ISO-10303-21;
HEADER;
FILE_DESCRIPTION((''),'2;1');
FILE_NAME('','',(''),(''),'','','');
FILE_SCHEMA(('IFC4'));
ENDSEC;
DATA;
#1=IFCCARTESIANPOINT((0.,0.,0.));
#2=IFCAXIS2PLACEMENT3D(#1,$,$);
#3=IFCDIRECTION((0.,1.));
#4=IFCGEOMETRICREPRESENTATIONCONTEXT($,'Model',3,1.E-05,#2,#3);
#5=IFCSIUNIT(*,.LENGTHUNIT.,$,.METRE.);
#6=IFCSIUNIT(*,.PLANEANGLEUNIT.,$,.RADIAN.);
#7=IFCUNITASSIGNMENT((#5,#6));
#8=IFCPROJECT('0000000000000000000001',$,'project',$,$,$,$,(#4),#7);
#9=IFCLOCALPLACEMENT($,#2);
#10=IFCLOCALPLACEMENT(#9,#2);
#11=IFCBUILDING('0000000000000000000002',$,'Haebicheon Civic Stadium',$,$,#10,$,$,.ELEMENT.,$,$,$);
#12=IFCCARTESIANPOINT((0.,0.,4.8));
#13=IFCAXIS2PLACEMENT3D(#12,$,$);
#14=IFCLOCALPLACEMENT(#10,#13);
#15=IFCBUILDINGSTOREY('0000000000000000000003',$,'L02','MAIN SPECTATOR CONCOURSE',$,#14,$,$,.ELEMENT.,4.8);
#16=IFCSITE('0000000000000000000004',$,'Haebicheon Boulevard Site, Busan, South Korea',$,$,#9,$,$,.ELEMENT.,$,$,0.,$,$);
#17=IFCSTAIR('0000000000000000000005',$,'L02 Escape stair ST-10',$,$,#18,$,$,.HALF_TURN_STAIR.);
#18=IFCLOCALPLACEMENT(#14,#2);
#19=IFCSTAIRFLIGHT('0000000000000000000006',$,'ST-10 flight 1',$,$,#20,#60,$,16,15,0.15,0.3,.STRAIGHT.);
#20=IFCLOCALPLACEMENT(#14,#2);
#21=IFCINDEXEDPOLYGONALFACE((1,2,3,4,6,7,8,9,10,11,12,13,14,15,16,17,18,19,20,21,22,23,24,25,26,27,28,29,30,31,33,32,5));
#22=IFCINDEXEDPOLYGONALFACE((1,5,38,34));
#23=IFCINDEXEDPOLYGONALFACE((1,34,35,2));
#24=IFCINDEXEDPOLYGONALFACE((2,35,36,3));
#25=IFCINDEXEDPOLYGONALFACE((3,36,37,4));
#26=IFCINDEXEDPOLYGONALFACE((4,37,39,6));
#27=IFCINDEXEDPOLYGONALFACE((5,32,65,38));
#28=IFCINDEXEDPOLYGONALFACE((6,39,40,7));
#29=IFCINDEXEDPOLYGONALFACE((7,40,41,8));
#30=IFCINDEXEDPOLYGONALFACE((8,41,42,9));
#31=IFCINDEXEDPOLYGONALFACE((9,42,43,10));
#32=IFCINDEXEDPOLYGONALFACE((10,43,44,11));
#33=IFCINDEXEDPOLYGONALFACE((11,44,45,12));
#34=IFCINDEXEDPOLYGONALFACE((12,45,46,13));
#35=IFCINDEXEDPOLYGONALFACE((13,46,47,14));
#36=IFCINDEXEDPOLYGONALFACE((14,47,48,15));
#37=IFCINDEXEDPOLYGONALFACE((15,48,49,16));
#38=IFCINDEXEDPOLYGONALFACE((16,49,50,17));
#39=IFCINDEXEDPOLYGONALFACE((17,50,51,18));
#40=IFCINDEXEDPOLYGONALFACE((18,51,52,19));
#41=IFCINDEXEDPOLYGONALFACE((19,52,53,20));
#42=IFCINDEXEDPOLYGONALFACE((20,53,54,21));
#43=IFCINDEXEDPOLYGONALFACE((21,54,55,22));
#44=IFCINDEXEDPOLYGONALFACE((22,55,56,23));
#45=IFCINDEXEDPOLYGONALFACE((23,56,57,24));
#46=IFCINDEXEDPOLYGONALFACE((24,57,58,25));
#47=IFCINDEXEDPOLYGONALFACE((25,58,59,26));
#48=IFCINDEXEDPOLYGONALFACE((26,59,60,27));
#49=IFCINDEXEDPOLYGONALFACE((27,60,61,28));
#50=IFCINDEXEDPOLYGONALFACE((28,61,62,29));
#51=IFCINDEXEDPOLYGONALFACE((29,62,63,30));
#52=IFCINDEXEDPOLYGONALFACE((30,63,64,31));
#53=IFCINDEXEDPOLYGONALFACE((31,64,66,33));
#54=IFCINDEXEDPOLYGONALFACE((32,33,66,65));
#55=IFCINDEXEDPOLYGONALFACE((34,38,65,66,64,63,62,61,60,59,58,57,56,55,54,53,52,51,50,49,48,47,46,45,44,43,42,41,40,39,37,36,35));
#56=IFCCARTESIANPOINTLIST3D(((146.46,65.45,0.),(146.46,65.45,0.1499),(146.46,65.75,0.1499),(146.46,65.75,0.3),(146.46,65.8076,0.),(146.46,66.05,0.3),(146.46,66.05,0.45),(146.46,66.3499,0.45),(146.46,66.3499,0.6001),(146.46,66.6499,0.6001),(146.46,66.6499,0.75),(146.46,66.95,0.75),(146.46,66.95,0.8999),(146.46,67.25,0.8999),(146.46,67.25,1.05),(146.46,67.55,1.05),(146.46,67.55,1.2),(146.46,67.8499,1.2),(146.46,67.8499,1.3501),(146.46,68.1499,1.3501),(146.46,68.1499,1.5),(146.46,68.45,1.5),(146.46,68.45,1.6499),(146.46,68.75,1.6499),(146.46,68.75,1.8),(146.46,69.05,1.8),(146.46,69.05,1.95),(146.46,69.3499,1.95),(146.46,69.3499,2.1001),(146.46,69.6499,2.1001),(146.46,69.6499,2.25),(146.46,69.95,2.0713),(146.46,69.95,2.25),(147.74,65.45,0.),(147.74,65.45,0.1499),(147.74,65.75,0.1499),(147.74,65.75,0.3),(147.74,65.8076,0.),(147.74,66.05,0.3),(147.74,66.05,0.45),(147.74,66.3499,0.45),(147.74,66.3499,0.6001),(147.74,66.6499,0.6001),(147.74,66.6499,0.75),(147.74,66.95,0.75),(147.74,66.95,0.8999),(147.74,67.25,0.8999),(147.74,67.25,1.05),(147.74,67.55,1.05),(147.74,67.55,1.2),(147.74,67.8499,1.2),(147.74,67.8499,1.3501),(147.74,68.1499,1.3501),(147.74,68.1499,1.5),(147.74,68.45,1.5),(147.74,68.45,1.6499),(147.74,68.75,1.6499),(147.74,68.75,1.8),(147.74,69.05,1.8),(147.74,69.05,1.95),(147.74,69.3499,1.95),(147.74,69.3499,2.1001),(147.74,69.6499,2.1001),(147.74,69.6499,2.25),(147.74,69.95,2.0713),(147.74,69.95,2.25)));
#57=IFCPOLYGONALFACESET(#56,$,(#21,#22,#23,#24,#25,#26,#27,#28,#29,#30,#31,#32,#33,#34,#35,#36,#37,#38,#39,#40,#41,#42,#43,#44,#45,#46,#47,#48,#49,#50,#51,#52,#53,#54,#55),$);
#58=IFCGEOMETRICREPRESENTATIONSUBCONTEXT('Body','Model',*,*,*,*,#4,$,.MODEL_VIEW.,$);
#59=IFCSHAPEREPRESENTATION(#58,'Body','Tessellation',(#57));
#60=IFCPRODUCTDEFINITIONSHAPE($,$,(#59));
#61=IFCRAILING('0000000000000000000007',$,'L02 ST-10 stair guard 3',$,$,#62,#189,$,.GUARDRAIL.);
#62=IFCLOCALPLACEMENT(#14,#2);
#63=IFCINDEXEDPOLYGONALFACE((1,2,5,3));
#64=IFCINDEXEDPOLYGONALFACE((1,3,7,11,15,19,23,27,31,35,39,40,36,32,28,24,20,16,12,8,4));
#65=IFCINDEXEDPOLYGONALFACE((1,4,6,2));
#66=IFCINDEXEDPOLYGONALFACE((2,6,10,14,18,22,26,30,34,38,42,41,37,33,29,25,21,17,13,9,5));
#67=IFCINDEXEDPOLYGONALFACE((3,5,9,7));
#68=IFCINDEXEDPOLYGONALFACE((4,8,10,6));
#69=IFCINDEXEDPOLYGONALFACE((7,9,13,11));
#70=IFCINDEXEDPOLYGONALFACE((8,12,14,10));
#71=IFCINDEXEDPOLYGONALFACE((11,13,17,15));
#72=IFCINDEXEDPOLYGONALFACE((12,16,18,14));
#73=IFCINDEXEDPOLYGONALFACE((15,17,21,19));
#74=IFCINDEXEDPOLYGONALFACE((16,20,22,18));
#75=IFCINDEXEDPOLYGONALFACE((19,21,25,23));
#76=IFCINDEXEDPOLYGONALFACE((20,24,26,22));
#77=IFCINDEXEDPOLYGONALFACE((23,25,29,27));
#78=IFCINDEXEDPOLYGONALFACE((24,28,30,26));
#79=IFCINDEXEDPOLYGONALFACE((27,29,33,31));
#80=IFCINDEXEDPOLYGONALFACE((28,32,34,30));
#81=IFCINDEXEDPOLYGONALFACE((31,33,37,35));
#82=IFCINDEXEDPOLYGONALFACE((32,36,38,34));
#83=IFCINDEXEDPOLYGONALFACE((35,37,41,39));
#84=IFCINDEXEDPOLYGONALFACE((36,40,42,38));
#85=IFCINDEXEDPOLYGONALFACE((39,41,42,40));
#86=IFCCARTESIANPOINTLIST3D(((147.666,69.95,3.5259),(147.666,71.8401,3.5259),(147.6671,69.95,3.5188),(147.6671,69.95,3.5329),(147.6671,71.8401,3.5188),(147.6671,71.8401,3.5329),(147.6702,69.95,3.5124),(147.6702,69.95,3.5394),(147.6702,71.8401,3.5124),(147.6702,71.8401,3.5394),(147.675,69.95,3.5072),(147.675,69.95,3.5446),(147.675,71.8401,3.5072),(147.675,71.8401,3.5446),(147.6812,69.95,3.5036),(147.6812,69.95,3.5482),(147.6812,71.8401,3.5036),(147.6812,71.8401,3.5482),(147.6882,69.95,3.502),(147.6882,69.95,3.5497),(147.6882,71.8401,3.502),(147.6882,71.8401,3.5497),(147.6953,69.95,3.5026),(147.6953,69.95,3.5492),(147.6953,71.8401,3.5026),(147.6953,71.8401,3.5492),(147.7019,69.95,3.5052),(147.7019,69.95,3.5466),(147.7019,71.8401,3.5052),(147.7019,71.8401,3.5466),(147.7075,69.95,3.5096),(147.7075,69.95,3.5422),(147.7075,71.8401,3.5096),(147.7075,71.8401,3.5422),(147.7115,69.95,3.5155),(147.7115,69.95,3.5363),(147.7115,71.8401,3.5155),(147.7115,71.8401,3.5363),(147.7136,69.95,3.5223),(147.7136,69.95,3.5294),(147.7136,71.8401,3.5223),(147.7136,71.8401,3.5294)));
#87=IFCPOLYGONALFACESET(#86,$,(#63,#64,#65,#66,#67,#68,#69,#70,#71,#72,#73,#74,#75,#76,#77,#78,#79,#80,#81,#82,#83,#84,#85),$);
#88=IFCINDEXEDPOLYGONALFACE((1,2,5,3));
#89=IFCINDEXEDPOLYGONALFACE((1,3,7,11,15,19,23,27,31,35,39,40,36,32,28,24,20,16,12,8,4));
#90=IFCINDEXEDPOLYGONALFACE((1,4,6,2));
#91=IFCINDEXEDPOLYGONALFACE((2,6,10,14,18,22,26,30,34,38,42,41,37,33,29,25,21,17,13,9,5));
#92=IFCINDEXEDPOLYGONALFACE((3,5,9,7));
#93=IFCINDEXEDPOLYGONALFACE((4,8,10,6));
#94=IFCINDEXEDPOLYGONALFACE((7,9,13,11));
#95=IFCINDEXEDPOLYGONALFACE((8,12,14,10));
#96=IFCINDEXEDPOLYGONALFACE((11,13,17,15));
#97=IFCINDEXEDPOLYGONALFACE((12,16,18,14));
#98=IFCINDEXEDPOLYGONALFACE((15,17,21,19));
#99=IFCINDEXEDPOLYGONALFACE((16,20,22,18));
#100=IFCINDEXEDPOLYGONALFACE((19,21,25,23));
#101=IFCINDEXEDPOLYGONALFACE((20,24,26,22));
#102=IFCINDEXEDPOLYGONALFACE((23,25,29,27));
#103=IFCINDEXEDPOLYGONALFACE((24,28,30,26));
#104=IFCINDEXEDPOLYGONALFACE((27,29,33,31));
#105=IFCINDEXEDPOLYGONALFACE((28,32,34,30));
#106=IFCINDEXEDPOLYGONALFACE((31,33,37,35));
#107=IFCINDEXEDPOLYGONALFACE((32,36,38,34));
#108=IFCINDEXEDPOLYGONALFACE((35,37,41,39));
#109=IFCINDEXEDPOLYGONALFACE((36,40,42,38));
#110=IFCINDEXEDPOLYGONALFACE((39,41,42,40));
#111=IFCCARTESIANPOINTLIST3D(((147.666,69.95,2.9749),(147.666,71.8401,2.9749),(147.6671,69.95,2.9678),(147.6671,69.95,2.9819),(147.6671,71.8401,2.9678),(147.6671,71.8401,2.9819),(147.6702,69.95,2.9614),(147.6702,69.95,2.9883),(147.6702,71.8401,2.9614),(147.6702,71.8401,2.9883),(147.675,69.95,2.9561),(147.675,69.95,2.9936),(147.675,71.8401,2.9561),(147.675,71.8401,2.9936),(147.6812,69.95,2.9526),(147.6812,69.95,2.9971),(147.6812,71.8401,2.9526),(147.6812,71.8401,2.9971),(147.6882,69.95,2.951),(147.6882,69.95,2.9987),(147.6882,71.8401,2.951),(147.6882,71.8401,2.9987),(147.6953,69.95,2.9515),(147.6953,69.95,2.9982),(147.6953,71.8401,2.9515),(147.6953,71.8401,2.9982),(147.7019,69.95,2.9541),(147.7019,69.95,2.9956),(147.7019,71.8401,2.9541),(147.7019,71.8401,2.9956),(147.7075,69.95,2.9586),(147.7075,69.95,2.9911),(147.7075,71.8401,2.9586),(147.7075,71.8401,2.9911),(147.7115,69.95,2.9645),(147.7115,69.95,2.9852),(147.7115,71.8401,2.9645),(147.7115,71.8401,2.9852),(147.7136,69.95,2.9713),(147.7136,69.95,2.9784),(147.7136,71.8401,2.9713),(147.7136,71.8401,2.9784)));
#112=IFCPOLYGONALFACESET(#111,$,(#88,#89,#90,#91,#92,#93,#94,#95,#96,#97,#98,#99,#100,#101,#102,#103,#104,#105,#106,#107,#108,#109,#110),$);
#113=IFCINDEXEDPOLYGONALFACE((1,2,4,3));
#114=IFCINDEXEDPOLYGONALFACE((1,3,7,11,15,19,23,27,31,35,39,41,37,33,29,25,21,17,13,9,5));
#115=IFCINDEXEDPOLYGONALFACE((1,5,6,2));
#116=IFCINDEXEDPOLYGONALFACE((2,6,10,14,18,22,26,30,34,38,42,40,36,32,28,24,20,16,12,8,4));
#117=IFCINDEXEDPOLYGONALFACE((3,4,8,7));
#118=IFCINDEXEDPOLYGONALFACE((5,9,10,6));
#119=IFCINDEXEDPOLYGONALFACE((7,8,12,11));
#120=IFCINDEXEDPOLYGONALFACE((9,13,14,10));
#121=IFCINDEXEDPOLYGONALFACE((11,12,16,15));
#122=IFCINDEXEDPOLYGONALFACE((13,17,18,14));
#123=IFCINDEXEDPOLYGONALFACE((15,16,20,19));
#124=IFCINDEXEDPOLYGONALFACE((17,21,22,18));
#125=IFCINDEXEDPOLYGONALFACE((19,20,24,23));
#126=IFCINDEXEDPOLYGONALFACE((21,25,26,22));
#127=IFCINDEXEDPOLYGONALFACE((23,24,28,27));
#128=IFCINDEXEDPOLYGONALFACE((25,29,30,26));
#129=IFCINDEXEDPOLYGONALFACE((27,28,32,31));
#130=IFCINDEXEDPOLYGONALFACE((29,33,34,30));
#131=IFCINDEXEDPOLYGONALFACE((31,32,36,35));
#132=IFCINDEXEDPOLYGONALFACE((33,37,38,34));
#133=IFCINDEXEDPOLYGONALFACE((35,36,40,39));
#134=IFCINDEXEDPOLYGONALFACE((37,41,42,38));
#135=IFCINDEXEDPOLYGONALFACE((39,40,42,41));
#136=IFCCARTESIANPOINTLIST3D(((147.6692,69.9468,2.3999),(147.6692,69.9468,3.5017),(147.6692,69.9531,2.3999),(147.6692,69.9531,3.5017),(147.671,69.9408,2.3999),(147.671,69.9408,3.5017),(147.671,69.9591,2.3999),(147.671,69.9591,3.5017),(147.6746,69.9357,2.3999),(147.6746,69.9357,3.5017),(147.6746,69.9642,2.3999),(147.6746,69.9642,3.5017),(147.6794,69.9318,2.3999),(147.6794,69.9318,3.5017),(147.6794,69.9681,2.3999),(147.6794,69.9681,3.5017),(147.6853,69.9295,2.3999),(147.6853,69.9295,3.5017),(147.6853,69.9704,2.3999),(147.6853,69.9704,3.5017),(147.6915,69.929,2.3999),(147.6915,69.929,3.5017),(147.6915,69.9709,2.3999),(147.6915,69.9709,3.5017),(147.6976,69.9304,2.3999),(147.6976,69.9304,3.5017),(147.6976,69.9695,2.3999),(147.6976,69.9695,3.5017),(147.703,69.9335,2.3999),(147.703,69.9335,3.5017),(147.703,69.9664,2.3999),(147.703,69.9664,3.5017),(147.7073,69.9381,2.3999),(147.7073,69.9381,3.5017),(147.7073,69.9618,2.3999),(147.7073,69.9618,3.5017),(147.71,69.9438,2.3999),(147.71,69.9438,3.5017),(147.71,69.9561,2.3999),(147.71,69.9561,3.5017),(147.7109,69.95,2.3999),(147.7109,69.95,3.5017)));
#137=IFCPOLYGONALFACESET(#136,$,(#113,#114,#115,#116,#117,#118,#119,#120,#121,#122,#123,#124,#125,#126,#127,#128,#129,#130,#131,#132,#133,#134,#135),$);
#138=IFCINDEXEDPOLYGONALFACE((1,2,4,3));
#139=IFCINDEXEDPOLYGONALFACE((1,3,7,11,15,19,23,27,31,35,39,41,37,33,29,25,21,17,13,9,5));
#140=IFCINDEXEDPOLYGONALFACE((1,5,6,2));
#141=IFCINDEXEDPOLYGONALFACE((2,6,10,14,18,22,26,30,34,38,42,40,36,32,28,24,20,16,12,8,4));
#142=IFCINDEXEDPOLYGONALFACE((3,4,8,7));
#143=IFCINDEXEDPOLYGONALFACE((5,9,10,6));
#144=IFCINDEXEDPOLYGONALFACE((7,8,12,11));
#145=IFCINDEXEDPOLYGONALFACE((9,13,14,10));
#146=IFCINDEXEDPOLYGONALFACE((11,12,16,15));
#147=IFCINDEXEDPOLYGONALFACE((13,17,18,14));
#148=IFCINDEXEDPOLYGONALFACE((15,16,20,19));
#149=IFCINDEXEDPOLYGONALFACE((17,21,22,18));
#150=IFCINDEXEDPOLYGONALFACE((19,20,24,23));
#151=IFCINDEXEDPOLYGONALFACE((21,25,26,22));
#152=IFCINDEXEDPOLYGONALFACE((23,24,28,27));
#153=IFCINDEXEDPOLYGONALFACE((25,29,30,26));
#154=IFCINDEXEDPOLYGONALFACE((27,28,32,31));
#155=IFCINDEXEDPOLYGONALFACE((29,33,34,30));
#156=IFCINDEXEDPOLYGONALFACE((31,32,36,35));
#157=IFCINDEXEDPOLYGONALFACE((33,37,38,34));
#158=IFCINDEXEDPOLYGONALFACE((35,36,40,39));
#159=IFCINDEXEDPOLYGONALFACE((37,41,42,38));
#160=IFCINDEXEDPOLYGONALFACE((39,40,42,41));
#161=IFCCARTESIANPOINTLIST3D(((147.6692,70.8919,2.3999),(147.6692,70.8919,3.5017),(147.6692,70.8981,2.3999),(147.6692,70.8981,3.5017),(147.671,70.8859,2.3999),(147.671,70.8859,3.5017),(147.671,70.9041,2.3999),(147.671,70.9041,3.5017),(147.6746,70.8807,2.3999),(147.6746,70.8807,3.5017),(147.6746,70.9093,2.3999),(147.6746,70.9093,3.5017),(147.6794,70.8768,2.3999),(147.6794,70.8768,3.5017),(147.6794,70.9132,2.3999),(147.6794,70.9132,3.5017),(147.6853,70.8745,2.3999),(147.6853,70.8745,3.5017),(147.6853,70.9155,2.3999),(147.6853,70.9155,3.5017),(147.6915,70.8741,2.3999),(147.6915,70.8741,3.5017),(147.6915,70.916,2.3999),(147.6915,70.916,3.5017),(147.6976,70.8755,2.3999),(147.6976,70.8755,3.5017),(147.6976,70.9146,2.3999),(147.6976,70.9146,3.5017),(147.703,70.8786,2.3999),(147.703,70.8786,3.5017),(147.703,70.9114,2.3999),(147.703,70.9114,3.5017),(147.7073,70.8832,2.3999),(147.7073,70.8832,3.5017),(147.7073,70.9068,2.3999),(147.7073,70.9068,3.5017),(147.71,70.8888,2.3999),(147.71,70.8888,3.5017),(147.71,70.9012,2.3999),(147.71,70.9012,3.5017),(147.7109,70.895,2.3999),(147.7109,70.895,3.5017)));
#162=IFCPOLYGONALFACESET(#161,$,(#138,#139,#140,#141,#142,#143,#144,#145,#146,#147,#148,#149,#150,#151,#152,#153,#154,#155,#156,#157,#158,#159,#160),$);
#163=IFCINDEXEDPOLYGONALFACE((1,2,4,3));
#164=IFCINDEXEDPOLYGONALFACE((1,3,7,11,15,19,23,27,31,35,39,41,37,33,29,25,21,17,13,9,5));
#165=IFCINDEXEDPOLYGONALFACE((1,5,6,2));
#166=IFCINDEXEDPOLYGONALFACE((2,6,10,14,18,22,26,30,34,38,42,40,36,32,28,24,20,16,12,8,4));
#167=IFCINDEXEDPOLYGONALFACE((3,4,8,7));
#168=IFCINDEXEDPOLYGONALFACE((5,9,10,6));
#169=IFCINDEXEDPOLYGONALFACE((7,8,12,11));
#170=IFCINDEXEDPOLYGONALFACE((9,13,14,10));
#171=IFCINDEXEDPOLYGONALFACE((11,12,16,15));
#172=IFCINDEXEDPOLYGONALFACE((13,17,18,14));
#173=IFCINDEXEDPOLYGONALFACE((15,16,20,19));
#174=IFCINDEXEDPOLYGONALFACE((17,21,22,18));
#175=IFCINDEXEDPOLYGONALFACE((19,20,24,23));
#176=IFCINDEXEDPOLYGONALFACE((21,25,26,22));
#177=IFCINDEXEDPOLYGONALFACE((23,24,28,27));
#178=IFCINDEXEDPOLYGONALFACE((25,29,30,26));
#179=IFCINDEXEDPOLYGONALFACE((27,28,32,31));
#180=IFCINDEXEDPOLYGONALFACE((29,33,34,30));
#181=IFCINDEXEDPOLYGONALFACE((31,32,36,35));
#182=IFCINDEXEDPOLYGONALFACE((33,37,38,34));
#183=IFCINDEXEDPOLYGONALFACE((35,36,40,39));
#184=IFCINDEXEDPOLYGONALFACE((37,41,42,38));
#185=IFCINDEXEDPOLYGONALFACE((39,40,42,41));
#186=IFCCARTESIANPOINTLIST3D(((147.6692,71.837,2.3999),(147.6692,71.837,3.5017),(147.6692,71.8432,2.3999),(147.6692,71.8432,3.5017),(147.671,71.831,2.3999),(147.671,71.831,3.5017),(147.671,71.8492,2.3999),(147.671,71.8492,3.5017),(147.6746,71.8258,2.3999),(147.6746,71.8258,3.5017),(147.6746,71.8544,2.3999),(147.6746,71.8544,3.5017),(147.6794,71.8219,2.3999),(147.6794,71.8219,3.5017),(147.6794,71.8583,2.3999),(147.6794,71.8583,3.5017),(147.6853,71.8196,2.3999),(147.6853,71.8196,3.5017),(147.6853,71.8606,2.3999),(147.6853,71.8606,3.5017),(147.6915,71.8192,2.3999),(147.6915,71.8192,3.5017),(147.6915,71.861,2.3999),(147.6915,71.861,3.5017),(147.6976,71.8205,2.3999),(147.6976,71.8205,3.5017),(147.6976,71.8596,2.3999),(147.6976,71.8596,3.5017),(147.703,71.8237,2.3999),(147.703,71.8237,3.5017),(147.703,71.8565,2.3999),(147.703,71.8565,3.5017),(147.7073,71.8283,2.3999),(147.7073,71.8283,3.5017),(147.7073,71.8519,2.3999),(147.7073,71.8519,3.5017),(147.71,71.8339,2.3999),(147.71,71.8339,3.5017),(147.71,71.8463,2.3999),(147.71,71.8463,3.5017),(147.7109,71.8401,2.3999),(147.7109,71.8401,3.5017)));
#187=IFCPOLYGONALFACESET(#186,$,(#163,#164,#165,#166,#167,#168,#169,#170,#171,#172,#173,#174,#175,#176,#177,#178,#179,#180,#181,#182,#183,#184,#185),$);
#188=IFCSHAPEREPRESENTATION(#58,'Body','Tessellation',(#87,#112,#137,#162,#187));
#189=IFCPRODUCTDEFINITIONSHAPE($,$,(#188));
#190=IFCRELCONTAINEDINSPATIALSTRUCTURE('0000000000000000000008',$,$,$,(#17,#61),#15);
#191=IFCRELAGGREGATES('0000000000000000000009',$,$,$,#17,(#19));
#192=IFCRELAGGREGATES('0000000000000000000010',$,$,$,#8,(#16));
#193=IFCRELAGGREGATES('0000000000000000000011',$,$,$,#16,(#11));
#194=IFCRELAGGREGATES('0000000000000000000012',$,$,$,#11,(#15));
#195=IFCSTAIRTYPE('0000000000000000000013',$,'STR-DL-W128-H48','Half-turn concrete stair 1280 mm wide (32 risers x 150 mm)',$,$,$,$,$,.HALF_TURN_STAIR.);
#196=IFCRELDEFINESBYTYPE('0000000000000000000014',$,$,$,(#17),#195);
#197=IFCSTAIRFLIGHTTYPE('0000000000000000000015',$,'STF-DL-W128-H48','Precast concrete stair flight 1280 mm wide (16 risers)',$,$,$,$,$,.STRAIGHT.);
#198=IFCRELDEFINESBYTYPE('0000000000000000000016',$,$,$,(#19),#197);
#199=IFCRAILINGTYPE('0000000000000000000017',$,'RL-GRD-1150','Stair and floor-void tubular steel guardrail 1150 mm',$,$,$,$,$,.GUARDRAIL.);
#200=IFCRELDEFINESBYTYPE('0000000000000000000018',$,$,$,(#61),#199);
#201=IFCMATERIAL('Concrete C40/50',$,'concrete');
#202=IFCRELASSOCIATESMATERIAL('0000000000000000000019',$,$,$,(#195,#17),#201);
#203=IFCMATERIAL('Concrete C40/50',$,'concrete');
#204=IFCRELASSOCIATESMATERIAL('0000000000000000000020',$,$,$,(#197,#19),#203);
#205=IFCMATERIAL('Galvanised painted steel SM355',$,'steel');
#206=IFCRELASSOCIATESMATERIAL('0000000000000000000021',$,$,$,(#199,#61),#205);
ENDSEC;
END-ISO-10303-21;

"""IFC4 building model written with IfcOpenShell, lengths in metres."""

from ifc_helpers import new_model, si_unit, direction, frame, origin, origin_2d, place, context, subcontext, project, spatial, polyline, circle, outline, extrude, material, type_object, element, aggregate, save


model = new_model("IFC4")

# Units and contexts
model_context = context("Model", 3, precision=1e-05, world=origin(), true_north=direction((0.0, 1.0)))
body_context = subcontext(model_context, "Body", "Model", "MODEL_VIEW")
ifc_project = project(units=[si_unit("LENGTHUNIT", "METRE"), si_unit("PLANEANGLEUNIT", "RADIAN")], contexts=[model_context])

# Site, building, storey
site_placement = place(None, origin())
site = spatial("IfcSite", under=ifc_project, at=site_placement, Name="Haebicheon Boulevard Site, Busan, South Korea", CompositionType="ELEMENT", RefElevation=0.0)
building_placement = place(site_placement, origin())
building = spatial("IfcBuilding", under=site, at=building_placement, Name="Haebicheon Civic Stadium", CompositionType="ELEMENT")
storey_placement = place(building_placement, frame((0.0, 0.0, 4.8)))
storey = spatial("IfcBuildingStorey", under=building, at=storey_placement, Name="L02", Description="MAIN SPECTATOR CONCOURSE", CompositionType="ELEMENT", Elevation=4.8)

# Stair, stair flight
ifc_material_1 = material(Name="Concrete C40/50", Category="concrete")
stair_type = type_object("IfcStairType", Name="STR-DL-W128-H48", Description="Half-turn concrete stair 1280 mm wide (32 risers x 150 mm)", PredefinedType="HALF_TURN_STAIR", material=ifc_material_1)
stair_placement = place(storey_placement, origin())
stair = element("IfcStair", 1, at=stair_placement, inside=storey, type_object=stair_type, material=ifc_material_1, Name="L02 Escape stair ST-10", PredefinedType="HALF_TURN_STAIR")
ifc_material_2 = material(Name="Concrete C40/50", Category="concrete")
stair_flight_type = type_object("IfcStairFlightType", Name="STF-DL-W128-H48", Description="Precast concrete stair flight 1280 mm wide (16 risers)", PredefinedType="STRAIGHT", material=ifc_material_2)
stair_flight_placement = place(storey_placement, frame((147.1001, 65.45, 0.0), z_axis=(0.0, 0.0, 1.0), x_axis=(0.0, 1.0, 0.0)))
stair_flight = element("IfcStairFlight", 2, at=stair_flight_placement, type_object=stair_flight_type, material=ifc_material_2, Name="ST-10 flight 1", NumberOfRisers=16, NumberOfTreads=15, PredefinedType="STRAIGHT", RiserHeight=0.15, TreadLength=0.3, context=body_context, shape_type="SweptSolid", body=[
    extrude(outline(polyline([(0.0, 0.0), (0.0, 0.1499), (0.3, 0.1499), (0.3, 0.3), (0.6001, 0.3), (0.6001, 0.45), (0.8999, 0.45), (0.8999, 0.6001), (1.2, 0.6001), (1.2, 0.75), (1.5, 0.75), (1.5, 0.8999), (1.8, 0.8999), (1.8, 1.05), (2.1001, 1.05), (2.1001, 1.2), (2.3999, 1.2), (2.3999, 1.3501), (2.7, 1.3501), (2.7, 1.5), (3.0, 1.5), (3.0, 1.6499), (3.3, 1.6499), (3.3, 1.8), (3.6001, 1.8), (3.6001, 1.95), (3.8999, 1.95), (3.8999, 2.1001), (4.2, 2.1001), (4.2, 2.25), (4.5, 2.25), (4.5, 2.3999), (4.5, 2.0713), (0.3577, 0.0), (0.0, 0.0)])), frame((0.0, 0.6401, 0.0), z_axis=(0.0, -1.0, 0.0), x_axis=(1.0, 0.0, 0.0)), (0.0, 0.0, 1.0), 1.28),
])
aggregate(stair, [stair_flight])

# Railing
ifc_material_3 = material(Name="Galvanised painted steel SM355", Category="steel")
railing_type_1 = type_object("IfcRailingType", Name="RL-GRD-1150", Description="Stair and floor-void tubular steel guardrail 1150 mm", PredefinedType="GUARDRAIL", material=ifc_material_3)
railing_1_placement = place(storey_placement, frame((147.6899, 69.95, 2.3999)))
element("IfcRailing", 3, at=railing_1_placement, inside=storey, type_object=railing_type_1, material=ifc_material_3, Name="L02 ST-10 stair guard 3", PredefinedType="GUARDRAIL", context=body_context, shape_type="SweptSolid", body=[
    extrude(circle(Radius=0.0239, at=origin_2d()), frame((0.0, 0.0, 1.126), z_axis=(0.0, 1.0, 0.0), x_axis=(-1.0, 0.0, 0.0)), (0.0, 0.0, 1.0), 1.8901),
    extrude(circle(Radius=0.0239, at=origin_2d()), frame((0.0, 0.0, 0.575), z_axis=(0.0, 1.0, 0.0), x_axis=(-1.0, 0.0, 0.0)), (0.0, 0.0, 1.0), 1.8901),
    extrude(circle(Radius=0.021, at=origin_2d()), origin(), (0.0, 0.0, 1.0), 1.1018),
    extrude(circle(Radius=0.021, at=origin_2d()), frame((0.0, 0.9451, 0.0)), (0.0, 0.0, 1.0), 1.1018),
    extrude(circle(Radius=0.021, at=origin_2d()), frame((0.0, 1.8901, 0.0)), (0.0, 0.0, 1.0), 1.1018),
])

save(model, "model.ifc")
